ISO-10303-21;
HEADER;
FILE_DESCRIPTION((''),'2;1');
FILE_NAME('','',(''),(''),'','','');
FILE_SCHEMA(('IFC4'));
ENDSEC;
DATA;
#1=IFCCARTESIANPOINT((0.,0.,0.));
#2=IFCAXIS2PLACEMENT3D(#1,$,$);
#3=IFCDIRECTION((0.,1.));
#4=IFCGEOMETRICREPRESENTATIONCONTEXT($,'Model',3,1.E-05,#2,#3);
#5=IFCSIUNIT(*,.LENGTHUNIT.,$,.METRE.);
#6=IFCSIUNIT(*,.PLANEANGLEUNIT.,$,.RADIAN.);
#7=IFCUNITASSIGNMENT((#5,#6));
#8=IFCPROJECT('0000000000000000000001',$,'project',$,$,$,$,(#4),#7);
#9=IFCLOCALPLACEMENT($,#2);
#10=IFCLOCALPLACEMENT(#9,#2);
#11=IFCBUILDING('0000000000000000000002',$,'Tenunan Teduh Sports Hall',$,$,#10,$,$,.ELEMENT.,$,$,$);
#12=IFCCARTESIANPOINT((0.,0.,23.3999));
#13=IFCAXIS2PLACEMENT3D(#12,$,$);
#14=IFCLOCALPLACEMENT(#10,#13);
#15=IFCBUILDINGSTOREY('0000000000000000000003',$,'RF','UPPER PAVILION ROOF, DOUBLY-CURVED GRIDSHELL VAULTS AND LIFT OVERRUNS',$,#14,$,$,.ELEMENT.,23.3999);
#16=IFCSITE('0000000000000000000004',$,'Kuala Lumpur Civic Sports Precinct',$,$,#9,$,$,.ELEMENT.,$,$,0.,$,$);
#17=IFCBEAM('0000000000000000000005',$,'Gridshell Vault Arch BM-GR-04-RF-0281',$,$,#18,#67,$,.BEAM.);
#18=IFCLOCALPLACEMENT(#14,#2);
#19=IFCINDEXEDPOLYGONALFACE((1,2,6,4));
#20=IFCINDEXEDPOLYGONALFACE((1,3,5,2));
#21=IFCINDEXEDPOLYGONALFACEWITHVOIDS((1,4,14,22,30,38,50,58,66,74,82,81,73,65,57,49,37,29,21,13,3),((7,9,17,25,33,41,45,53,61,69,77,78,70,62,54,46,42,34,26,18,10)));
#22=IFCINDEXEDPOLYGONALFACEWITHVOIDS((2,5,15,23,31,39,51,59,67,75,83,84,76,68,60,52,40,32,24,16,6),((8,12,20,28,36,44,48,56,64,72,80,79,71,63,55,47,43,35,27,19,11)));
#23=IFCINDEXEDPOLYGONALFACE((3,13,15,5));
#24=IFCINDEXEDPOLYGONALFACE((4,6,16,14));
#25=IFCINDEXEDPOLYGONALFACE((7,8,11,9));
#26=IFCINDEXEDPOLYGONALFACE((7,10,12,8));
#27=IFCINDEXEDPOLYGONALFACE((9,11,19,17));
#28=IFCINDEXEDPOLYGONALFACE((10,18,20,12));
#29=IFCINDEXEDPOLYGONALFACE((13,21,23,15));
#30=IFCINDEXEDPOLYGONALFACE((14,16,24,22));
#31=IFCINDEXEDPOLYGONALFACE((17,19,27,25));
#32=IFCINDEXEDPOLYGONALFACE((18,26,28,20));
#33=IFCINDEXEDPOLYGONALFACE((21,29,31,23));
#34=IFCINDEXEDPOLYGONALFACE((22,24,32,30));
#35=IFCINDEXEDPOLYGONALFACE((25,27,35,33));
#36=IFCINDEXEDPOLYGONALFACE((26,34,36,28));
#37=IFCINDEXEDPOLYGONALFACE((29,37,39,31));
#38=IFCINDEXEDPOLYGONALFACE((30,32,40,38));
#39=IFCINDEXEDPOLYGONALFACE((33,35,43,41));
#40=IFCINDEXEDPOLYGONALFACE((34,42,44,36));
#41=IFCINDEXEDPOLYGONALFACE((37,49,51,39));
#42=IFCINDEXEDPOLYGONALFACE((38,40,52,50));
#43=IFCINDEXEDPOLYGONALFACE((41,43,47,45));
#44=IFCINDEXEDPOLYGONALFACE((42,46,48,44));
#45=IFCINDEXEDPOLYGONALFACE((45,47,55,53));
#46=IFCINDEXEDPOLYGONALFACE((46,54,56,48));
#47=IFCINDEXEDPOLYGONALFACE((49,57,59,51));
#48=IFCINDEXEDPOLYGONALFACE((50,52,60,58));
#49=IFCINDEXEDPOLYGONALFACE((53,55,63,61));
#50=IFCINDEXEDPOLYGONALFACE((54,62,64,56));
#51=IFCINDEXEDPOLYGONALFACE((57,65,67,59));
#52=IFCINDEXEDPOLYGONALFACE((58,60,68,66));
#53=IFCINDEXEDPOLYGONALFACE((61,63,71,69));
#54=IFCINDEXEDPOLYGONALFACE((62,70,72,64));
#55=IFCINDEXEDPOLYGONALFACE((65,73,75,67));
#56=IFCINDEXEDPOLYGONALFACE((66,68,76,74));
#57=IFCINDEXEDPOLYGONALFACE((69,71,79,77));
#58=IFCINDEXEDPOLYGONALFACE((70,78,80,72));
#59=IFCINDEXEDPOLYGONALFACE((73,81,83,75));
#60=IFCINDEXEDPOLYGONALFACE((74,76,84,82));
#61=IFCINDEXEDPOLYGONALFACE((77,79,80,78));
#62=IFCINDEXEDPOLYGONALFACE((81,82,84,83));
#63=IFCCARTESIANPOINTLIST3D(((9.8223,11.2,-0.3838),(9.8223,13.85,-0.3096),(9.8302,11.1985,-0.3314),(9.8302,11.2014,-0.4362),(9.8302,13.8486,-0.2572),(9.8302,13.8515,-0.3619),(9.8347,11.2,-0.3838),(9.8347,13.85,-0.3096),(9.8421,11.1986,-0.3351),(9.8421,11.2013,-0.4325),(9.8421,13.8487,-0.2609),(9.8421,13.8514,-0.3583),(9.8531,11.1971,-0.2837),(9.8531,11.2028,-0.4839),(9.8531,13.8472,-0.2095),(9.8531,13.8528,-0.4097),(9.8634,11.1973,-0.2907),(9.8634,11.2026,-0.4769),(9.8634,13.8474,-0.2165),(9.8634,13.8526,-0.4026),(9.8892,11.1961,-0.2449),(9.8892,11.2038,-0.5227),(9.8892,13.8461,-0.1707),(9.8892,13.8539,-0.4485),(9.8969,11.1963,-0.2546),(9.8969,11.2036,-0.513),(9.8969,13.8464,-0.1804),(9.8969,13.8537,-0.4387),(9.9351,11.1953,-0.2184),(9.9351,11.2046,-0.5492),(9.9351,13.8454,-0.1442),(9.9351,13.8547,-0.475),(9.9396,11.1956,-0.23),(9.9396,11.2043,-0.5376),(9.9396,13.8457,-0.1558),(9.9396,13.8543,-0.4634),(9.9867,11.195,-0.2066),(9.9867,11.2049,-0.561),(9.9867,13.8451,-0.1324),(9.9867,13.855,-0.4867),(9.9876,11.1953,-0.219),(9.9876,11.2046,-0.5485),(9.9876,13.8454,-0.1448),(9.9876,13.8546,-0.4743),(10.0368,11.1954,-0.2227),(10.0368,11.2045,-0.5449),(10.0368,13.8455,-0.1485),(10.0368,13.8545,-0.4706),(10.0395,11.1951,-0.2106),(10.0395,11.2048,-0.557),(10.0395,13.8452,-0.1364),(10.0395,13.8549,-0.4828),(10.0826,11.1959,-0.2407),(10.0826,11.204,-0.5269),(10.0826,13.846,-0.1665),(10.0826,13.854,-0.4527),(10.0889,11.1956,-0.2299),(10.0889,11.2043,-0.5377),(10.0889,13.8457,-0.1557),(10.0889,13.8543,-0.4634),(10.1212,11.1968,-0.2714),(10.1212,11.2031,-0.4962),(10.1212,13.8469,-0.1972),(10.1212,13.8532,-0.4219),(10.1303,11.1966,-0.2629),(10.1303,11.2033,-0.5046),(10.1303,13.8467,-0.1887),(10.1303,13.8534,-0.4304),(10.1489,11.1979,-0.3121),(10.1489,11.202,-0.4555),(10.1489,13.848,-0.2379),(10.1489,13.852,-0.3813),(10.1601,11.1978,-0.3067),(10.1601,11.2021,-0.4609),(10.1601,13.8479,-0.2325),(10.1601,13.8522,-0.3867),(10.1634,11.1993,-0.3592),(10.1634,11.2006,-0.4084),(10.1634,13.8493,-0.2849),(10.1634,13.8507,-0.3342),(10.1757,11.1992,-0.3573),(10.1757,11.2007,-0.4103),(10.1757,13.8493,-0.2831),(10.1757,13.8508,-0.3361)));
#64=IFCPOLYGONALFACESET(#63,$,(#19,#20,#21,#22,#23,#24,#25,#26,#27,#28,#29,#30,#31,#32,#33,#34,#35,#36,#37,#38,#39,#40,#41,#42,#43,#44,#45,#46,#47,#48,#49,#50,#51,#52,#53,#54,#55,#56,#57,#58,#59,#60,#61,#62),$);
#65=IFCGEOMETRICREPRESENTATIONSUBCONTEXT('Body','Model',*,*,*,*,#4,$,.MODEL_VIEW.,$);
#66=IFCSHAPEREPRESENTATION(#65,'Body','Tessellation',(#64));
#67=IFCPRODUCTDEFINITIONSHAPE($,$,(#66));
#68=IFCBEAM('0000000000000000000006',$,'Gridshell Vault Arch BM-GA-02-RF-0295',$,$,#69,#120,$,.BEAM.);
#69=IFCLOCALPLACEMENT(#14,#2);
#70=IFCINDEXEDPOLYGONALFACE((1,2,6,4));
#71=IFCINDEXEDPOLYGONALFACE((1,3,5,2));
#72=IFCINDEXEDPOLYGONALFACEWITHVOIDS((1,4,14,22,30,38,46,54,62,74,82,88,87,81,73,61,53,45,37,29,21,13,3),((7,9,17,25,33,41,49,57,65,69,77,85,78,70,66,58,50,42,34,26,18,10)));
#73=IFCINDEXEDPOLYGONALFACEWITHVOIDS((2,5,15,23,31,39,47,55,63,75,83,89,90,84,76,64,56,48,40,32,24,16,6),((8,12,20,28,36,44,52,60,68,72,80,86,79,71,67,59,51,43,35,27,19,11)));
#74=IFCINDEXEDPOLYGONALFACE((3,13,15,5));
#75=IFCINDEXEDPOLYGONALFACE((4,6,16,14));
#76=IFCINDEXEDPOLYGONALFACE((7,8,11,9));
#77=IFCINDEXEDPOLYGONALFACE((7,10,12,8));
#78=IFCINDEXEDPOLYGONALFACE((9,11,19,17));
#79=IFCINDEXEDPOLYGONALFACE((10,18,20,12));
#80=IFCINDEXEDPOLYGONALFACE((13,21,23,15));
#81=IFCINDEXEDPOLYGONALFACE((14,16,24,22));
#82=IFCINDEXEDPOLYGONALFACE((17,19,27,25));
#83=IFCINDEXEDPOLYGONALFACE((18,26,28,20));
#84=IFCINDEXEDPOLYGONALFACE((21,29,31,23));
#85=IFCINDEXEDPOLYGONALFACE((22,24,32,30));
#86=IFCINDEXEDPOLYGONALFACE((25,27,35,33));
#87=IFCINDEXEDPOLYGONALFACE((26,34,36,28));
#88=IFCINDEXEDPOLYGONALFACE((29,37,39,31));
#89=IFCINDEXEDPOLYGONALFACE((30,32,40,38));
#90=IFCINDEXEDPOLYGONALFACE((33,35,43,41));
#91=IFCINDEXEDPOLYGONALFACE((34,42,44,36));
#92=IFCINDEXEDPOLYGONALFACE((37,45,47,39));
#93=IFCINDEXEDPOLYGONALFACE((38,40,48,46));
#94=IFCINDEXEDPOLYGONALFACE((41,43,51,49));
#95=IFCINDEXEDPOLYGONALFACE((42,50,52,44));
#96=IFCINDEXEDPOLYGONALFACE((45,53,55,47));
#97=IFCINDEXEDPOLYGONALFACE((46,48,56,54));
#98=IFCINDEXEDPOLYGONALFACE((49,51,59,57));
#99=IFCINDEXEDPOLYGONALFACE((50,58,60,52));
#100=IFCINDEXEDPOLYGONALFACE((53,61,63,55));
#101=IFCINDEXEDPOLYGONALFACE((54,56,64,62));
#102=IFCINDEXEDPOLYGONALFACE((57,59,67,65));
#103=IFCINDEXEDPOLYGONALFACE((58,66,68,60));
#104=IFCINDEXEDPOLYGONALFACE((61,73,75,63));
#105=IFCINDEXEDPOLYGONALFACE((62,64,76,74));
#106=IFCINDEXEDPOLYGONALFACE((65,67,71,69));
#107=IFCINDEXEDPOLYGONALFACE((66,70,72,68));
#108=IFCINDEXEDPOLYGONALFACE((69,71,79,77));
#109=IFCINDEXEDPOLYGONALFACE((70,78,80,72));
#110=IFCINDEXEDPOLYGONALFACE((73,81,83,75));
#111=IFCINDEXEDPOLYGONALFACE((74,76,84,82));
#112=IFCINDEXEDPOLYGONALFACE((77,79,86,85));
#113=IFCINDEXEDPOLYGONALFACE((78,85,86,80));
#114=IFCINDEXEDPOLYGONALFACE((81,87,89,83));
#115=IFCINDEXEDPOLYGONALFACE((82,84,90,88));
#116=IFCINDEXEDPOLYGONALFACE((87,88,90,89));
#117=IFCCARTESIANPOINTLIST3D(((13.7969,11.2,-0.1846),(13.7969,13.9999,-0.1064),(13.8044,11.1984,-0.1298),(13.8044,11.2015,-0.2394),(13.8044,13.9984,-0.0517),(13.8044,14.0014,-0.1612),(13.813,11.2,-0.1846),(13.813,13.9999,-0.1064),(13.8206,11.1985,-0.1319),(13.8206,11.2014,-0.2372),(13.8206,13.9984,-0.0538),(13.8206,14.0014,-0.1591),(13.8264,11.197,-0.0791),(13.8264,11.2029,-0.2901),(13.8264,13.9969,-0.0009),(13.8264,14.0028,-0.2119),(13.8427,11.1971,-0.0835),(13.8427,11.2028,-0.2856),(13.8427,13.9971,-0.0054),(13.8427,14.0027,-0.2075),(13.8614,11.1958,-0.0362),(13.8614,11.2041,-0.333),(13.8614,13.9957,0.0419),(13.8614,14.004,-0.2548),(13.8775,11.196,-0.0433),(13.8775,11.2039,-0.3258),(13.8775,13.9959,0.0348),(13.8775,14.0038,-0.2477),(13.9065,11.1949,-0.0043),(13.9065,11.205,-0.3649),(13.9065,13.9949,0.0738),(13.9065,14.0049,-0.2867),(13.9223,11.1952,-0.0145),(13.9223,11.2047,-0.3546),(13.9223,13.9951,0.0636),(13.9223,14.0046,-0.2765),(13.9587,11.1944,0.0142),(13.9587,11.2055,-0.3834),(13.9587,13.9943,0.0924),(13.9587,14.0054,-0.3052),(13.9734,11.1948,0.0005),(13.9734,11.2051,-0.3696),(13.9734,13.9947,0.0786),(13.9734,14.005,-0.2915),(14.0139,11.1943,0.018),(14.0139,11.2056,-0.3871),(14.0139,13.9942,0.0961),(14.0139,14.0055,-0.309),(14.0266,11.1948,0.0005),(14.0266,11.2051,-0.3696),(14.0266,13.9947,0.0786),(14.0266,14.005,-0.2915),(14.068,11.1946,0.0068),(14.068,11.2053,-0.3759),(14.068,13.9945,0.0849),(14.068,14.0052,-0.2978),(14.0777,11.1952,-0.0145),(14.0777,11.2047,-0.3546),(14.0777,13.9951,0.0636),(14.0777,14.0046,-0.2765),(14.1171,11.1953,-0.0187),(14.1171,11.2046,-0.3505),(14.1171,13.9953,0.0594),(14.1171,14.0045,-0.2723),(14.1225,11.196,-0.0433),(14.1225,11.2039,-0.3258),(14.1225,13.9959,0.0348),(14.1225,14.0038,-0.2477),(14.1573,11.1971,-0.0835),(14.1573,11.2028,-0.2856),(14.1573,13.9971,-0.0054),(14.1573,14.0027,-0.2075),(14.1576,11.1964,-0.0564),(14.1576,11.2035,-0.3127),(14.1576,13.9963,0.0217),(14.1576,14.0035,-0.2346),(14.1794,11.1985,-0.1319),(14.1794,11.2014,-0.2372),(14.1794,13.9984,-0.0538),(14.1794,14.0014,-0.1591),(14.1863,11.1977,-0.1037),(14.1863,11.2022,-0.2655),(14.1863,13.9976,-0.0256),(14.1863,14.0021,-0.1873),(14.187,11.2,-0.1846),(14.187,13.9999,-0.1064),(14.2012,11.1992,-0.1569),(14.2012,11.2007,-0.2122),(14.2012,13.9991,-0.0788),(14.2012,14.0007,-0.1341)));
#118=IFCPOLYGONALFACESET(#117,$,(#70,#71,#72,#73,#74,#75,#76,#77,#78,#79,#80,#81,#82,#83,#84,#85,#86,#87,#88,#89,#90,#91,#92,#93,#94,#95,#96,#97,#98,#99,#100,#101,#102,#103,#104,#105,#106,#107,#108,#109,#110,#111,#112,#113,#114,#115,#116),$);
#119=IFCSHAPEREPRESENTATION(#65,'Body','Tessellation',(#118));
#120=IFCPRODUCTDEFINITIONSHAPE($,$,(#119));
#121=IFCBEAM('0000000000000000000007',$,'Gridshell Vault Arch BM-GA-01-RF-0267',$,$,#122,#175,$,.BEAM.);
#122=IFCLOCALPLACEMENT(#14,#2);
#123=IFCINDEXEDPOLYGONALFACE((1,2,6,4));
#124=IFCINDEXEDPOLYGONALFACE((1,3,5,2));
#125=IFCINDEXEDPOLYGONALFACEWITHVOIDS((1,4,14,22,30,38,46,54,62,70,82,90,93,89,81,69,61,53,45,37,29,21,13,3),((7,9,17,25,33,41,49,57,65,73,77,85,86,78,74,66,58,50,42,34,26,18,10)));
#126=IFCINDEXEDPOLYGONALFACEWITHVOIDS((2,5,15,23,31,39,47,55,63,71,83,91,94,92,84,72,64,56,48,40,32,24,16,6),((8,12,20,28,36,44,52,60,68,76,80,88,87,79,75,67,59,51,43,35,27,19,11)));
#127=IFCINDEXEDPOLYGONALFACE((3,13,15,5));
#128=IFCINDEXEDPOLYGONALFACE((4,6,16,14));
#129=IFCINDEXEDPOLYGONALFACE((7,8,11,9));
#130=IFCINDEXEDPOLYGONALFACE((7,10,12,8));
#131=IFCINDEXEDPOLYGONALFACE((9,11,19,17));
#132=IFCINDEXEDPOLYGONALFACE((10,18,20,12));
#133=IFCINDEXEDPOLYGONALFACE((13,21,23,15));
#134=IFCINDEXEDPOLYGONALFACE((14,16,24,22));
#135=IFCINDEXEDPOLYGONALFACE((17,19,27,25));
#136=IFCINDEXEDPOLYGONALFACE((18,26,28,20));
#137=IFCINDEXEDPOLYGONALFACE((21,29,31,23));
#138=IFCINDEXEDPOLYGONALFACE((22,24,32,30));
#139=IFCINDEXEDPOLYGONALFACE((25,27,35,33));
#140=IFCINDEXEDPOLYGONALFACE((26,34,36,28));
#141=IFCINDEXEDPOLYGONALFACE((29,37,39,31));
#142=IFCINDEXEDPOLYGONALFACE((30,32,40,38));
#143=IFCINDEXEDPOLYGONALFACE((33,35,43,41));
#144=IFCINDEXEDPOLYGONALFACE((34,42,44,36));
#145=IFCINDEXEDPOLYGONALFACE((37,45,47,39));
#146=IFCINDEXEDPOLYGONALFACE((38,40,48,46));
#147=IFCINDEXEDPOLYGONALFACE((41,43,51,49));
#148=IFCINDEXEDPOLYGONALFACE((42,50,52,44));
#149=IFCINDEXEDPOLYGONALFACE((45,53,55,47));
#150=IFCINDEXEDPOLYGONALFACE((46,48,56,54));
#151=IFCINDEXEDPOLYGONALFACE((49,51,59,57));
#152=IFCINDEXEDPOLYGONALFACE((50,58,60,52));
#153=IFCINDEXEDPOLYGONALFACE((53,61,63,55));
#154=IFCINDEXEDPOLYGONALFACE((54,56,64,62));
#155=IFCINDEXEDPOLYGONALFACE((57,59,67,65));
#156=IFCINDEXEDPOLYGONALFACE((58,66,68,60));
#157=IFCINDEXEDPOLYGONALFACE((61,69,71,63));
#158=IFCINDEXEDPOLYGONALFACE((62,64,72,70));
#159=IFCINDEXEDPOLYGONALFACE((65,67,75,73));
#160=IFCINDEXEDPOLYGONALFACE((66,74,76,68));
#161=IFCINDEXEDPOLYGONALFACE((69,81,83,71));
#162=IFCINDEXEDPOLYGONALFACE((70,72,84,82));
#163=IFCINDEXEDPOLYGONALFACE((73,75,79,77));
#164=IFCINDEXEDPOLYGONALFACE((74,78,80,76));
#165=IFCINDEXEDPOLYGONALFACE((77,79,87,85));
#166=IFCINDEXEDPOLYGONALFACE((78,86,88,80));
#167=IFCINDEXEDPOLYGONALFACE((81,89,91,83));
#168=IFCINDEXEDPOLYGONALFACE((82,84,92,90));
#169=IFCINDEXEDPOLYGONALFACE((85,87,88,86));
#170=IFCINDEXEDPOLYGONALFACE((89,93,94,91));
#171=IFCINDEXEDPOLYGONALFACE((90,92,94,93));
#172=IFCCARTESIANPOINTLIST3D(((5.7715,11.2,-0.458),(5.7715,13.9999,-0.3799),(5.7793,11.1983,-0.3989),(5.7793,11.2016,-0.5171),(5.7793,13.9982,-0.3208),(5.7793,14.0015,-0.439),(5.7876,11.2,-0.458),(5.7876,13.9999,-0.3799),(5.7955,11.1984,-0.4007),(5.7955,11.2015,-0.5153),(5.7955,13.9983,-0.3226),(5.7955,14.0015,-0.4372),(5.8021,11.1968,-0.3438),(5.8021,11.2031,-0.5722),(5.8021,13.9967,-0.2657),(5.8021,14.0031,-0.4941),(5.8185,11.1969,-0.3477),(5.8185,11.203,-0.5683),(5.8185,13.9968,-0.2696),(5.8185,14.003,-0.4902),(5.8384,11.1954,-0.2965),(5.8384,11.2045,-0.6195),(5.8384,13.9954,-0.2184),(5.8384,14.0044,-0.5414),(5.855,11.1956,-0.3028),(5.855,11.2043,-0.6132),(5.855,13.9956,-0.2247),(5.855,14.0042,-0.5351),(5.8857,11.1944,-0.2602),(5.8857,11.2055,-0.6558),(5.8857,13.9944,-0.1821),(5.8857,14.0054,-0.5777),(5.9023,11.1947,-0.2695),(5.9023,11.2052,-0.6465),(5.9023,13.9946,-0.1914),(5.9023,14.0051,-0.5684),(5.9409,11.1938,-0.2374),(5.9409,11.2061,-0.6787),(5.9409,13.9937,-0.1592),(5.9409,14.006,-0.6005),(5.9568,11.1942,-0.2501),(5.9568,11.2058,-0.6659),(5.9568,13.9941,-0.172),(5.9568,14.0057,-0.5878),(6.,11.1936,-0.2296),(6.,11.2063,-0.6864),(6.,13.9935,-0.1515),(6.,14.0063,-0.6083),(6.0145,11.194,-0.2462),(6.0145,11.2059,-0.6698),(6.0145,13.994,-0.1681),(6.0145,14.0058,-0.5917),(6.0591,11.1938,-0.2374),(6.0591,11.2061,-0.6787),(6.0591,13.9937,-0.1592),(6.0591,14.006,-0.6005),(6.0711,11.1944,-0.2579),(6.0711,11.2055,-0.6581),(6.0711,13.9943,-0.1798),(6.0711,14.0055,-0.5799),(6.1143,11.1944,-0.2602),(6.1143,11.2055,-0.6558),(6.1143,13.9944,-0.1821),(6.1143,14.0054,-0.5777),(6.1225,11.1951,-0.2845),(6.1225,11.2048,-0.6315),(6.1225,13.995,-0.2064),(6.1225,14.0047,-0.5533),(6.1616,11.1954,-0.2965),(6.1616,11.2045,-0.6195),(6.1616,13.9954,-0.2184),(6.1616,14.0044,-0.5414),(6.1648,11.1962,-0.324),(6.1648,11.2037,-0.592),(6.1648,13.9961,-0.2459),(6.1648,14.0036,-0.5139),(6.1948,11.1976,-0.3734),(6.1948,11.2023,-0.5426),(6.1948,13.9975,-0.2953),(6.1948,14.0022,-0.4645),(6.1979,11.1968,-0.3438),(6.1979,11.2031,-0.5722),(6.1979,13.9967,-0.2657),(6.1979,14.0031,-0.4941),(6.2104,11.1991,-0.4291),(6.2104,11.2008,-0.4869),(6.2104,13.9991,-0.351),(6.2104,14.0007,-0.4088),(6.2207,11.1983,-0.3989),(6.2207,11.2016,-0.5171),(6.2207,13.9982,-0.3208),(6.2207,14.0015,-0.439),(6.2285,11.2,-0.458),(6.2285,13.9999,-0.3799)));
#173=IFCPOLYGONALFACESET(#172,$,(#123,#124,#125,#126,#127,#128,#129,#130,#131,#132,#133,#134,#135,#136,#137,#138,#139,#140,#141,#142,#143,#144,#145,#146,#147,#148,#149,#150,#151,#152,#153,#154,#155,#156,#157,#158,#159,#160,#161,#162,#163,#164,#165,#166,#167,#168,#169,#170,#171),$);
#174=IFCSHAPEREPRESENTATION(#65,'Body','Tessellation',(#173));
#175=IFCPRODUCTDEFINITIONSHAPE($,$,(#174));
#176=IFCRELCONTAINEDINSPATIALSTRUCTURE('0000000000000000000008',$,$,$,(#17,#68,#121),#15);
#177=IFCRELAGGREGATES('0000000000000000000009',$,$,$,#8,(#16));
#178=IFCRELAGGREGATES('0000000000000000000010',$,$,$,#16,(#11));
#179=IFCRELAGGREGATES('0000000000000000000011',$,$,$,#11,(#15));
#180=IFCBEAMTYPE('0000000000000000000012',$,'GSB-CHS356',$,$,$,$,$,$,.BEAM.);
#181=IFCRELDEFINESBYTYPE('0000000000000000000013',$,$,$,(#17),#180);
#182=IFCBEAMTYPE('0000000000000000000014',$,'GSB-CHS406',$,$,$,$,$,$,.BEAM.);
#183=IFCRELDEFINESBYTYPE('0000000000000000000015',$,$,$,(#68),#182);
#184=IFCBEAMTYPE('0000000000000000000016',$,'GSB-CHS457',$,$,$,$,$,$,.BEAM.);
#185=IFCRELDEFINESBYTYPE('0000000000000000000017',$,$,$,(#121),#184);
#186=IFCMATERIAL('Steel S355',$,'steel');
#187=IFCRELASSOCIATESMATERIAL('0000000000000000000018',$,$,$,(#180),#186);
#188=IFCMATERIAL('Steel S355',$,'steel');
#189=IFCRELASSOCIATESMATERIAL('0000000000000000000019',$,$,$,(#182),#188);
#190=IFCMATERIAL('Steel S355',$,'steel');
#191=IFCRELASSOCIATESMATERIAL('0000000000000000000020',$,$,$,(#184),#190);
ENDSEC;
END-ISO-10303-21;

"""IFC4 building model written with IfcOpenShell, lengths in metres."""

from ifc_helpers import new_model, si_unit, direction, frame, origin, origin_2d, place, context, subcontext, project, spatial, hollow_circle, extrude, material, material_profile, profile_set, type_object, element, save


model = new_model("IFC4")

# Units and contexts
model_context = context("Model", 3, precision=1e-05, world=origin(), true_north=direction((0.0, 1.0)))
body_context = subcontext(model_context, "Body", "Model", "MODEL_VIEW")
ifc_project = project(units=[si_unit("LENGTHUNIT", "METRE"), si_unit("PLANEANGLEUNIT", "RADIAN")], contexts=[model_context])

# Site, building, storey
site_placement = place(None, origin())
site = spatial("IfcSite", under=ifc_project, at=site_placement, Name="Kuala Lumpur Civic Sports Precinct", CompositionType="ELEMENT", RefElevation=0.0)
building_placement = place(site_placement, origin())
building = spatial("IfcBuilding", under=site, at=building_placement, Name="Tenunan Teduh Sports Hall", CompositionType="ELEMENT")
storey_placement = place(building_placement, frame((0.0, 0.0, 23.3999)))
storey = spatial("IfcBuildingStorey", under=building, at=storey_placement, Name="RF", Description="UPPER PAVILION ROOF, DOUBLY-CURVED GRIDSHELL VAULTS AND LIFT OVERRUNS", CompositionType="ELEMENT", Elevation=23.3999)

# Beams
ifc_material_1 = material(Name="Steel S355", Category="steel")
ifc_material_profile_1 = material_profile(ifc_material_1, hollow_circle(Radius=0.1777, WallThickness=0.0125, at=origin_2d()), Name="CHS 355.6x12.5")
ifc_profile_set_1 = profile_set([ifc_material_profile_1], Name="Steel S355")
beam_type_1 = type_object("IfcBeamType", Name="GSB-CHS356", PredefinedType="BEAM", material=ifc_profile_set_1)
beam_1_placement = place(storey_placement, frame((10.0, 11.2, -0.3838), z_axis=(0.0, 0.999608, 0.027995), x_axis=(-1.0, 0.0, 0.0)))
element("IfcBeam", 1, at=beam_1_placement, inside=storey, type_object=beam_type_1, Name="Gridshell Vault Arch BM-GR-04-RF-0281", PredefinedType="BEAM", context=body_context, shape_type="SweptSolid", body=[
    extrude(hollow_circle(Radius=0.1777, WallThickness=0.0125, at=origin_2d()), origin(), (0.0, 0.0, 1.0), 2.6511),
])
ifc_material_2 = material(Name="Steel S355", Category="steel")
ifc_material_profile_2 = material_profile(ifc_material_2, hollow_circle(Radius=0.2031, WallThickness=0.0161, at=origin_2d()), Name="CHS 406.4x16.0")
ifc_profile_set_2 = profile_set([ifc_material_profile_2], Name="Steel S355")
beam_type_2 = type_object("IfcBeamType", Name="GSB-CHS406", PredefinedType="BEAM", material=ifc_profile_set_2)
beam_2_placement = place(storey_placement, frame((14.0, 11.2, -0.1846), z_axis=(0.0, 0.999611, 0.02789), x_axis=(-1.0, 0.0, 0.0)))
element("IfcBeam", 2, at=beam_2_placement, inside=storey, type_object=beam_type_2, Name="Gridshell Vault Arch BM-GA-02-RF-0295", PredefinedType="BEAM", context=body_context, shape_type="SweptSolid", body=[
    extrude(hollow_circle(Radius=0.2031, WallThickness=0.0161, at=origin_2d()), origin(), (0.0, 0.0, 1.0), 2.801),
])
ifc_material_3 = material(Name="Steel S355", Category="steel")
ifc_material_profile_3 = material_profile(ifc_material_3, hollow_circle(Radius=0.2285, WallThickness=0.0161, at=origin_2d()), Name="CHS 457.0x16.0")
ifc_profile_set_3 = profile_set([ifc_material_profile_3], Name="Steel S355")
beam_type_3 = type_object("IfcBeamType", Name="GSB-CHS457", PredefinedType="BEAM", material=ifc_profile_set_3)
beam_3_placement = place(storey_placement, frame((6.0, 11.2, -0.458), z_axis=(0.0, 0.999611, 0.02789), x_axis=(-1.0, 0.0, 0.0)))
element("IfcBeam", 3, at=beam_3_placement, inside=storey, type_object=beam_type_3, Name="Gridshell Vault Arch BM-GA-01-RF-0267", PredefinedType="BEAM", context=body_context, shape_type="SweptSolid", body=[
    extrude(hollow_circle(Radius=0.2285, WallThickness=0.0161, at=origin_2d()), origin(), (0.0, 0.0, 1.0), 2.801),
])

save(model, "model.ifc")
